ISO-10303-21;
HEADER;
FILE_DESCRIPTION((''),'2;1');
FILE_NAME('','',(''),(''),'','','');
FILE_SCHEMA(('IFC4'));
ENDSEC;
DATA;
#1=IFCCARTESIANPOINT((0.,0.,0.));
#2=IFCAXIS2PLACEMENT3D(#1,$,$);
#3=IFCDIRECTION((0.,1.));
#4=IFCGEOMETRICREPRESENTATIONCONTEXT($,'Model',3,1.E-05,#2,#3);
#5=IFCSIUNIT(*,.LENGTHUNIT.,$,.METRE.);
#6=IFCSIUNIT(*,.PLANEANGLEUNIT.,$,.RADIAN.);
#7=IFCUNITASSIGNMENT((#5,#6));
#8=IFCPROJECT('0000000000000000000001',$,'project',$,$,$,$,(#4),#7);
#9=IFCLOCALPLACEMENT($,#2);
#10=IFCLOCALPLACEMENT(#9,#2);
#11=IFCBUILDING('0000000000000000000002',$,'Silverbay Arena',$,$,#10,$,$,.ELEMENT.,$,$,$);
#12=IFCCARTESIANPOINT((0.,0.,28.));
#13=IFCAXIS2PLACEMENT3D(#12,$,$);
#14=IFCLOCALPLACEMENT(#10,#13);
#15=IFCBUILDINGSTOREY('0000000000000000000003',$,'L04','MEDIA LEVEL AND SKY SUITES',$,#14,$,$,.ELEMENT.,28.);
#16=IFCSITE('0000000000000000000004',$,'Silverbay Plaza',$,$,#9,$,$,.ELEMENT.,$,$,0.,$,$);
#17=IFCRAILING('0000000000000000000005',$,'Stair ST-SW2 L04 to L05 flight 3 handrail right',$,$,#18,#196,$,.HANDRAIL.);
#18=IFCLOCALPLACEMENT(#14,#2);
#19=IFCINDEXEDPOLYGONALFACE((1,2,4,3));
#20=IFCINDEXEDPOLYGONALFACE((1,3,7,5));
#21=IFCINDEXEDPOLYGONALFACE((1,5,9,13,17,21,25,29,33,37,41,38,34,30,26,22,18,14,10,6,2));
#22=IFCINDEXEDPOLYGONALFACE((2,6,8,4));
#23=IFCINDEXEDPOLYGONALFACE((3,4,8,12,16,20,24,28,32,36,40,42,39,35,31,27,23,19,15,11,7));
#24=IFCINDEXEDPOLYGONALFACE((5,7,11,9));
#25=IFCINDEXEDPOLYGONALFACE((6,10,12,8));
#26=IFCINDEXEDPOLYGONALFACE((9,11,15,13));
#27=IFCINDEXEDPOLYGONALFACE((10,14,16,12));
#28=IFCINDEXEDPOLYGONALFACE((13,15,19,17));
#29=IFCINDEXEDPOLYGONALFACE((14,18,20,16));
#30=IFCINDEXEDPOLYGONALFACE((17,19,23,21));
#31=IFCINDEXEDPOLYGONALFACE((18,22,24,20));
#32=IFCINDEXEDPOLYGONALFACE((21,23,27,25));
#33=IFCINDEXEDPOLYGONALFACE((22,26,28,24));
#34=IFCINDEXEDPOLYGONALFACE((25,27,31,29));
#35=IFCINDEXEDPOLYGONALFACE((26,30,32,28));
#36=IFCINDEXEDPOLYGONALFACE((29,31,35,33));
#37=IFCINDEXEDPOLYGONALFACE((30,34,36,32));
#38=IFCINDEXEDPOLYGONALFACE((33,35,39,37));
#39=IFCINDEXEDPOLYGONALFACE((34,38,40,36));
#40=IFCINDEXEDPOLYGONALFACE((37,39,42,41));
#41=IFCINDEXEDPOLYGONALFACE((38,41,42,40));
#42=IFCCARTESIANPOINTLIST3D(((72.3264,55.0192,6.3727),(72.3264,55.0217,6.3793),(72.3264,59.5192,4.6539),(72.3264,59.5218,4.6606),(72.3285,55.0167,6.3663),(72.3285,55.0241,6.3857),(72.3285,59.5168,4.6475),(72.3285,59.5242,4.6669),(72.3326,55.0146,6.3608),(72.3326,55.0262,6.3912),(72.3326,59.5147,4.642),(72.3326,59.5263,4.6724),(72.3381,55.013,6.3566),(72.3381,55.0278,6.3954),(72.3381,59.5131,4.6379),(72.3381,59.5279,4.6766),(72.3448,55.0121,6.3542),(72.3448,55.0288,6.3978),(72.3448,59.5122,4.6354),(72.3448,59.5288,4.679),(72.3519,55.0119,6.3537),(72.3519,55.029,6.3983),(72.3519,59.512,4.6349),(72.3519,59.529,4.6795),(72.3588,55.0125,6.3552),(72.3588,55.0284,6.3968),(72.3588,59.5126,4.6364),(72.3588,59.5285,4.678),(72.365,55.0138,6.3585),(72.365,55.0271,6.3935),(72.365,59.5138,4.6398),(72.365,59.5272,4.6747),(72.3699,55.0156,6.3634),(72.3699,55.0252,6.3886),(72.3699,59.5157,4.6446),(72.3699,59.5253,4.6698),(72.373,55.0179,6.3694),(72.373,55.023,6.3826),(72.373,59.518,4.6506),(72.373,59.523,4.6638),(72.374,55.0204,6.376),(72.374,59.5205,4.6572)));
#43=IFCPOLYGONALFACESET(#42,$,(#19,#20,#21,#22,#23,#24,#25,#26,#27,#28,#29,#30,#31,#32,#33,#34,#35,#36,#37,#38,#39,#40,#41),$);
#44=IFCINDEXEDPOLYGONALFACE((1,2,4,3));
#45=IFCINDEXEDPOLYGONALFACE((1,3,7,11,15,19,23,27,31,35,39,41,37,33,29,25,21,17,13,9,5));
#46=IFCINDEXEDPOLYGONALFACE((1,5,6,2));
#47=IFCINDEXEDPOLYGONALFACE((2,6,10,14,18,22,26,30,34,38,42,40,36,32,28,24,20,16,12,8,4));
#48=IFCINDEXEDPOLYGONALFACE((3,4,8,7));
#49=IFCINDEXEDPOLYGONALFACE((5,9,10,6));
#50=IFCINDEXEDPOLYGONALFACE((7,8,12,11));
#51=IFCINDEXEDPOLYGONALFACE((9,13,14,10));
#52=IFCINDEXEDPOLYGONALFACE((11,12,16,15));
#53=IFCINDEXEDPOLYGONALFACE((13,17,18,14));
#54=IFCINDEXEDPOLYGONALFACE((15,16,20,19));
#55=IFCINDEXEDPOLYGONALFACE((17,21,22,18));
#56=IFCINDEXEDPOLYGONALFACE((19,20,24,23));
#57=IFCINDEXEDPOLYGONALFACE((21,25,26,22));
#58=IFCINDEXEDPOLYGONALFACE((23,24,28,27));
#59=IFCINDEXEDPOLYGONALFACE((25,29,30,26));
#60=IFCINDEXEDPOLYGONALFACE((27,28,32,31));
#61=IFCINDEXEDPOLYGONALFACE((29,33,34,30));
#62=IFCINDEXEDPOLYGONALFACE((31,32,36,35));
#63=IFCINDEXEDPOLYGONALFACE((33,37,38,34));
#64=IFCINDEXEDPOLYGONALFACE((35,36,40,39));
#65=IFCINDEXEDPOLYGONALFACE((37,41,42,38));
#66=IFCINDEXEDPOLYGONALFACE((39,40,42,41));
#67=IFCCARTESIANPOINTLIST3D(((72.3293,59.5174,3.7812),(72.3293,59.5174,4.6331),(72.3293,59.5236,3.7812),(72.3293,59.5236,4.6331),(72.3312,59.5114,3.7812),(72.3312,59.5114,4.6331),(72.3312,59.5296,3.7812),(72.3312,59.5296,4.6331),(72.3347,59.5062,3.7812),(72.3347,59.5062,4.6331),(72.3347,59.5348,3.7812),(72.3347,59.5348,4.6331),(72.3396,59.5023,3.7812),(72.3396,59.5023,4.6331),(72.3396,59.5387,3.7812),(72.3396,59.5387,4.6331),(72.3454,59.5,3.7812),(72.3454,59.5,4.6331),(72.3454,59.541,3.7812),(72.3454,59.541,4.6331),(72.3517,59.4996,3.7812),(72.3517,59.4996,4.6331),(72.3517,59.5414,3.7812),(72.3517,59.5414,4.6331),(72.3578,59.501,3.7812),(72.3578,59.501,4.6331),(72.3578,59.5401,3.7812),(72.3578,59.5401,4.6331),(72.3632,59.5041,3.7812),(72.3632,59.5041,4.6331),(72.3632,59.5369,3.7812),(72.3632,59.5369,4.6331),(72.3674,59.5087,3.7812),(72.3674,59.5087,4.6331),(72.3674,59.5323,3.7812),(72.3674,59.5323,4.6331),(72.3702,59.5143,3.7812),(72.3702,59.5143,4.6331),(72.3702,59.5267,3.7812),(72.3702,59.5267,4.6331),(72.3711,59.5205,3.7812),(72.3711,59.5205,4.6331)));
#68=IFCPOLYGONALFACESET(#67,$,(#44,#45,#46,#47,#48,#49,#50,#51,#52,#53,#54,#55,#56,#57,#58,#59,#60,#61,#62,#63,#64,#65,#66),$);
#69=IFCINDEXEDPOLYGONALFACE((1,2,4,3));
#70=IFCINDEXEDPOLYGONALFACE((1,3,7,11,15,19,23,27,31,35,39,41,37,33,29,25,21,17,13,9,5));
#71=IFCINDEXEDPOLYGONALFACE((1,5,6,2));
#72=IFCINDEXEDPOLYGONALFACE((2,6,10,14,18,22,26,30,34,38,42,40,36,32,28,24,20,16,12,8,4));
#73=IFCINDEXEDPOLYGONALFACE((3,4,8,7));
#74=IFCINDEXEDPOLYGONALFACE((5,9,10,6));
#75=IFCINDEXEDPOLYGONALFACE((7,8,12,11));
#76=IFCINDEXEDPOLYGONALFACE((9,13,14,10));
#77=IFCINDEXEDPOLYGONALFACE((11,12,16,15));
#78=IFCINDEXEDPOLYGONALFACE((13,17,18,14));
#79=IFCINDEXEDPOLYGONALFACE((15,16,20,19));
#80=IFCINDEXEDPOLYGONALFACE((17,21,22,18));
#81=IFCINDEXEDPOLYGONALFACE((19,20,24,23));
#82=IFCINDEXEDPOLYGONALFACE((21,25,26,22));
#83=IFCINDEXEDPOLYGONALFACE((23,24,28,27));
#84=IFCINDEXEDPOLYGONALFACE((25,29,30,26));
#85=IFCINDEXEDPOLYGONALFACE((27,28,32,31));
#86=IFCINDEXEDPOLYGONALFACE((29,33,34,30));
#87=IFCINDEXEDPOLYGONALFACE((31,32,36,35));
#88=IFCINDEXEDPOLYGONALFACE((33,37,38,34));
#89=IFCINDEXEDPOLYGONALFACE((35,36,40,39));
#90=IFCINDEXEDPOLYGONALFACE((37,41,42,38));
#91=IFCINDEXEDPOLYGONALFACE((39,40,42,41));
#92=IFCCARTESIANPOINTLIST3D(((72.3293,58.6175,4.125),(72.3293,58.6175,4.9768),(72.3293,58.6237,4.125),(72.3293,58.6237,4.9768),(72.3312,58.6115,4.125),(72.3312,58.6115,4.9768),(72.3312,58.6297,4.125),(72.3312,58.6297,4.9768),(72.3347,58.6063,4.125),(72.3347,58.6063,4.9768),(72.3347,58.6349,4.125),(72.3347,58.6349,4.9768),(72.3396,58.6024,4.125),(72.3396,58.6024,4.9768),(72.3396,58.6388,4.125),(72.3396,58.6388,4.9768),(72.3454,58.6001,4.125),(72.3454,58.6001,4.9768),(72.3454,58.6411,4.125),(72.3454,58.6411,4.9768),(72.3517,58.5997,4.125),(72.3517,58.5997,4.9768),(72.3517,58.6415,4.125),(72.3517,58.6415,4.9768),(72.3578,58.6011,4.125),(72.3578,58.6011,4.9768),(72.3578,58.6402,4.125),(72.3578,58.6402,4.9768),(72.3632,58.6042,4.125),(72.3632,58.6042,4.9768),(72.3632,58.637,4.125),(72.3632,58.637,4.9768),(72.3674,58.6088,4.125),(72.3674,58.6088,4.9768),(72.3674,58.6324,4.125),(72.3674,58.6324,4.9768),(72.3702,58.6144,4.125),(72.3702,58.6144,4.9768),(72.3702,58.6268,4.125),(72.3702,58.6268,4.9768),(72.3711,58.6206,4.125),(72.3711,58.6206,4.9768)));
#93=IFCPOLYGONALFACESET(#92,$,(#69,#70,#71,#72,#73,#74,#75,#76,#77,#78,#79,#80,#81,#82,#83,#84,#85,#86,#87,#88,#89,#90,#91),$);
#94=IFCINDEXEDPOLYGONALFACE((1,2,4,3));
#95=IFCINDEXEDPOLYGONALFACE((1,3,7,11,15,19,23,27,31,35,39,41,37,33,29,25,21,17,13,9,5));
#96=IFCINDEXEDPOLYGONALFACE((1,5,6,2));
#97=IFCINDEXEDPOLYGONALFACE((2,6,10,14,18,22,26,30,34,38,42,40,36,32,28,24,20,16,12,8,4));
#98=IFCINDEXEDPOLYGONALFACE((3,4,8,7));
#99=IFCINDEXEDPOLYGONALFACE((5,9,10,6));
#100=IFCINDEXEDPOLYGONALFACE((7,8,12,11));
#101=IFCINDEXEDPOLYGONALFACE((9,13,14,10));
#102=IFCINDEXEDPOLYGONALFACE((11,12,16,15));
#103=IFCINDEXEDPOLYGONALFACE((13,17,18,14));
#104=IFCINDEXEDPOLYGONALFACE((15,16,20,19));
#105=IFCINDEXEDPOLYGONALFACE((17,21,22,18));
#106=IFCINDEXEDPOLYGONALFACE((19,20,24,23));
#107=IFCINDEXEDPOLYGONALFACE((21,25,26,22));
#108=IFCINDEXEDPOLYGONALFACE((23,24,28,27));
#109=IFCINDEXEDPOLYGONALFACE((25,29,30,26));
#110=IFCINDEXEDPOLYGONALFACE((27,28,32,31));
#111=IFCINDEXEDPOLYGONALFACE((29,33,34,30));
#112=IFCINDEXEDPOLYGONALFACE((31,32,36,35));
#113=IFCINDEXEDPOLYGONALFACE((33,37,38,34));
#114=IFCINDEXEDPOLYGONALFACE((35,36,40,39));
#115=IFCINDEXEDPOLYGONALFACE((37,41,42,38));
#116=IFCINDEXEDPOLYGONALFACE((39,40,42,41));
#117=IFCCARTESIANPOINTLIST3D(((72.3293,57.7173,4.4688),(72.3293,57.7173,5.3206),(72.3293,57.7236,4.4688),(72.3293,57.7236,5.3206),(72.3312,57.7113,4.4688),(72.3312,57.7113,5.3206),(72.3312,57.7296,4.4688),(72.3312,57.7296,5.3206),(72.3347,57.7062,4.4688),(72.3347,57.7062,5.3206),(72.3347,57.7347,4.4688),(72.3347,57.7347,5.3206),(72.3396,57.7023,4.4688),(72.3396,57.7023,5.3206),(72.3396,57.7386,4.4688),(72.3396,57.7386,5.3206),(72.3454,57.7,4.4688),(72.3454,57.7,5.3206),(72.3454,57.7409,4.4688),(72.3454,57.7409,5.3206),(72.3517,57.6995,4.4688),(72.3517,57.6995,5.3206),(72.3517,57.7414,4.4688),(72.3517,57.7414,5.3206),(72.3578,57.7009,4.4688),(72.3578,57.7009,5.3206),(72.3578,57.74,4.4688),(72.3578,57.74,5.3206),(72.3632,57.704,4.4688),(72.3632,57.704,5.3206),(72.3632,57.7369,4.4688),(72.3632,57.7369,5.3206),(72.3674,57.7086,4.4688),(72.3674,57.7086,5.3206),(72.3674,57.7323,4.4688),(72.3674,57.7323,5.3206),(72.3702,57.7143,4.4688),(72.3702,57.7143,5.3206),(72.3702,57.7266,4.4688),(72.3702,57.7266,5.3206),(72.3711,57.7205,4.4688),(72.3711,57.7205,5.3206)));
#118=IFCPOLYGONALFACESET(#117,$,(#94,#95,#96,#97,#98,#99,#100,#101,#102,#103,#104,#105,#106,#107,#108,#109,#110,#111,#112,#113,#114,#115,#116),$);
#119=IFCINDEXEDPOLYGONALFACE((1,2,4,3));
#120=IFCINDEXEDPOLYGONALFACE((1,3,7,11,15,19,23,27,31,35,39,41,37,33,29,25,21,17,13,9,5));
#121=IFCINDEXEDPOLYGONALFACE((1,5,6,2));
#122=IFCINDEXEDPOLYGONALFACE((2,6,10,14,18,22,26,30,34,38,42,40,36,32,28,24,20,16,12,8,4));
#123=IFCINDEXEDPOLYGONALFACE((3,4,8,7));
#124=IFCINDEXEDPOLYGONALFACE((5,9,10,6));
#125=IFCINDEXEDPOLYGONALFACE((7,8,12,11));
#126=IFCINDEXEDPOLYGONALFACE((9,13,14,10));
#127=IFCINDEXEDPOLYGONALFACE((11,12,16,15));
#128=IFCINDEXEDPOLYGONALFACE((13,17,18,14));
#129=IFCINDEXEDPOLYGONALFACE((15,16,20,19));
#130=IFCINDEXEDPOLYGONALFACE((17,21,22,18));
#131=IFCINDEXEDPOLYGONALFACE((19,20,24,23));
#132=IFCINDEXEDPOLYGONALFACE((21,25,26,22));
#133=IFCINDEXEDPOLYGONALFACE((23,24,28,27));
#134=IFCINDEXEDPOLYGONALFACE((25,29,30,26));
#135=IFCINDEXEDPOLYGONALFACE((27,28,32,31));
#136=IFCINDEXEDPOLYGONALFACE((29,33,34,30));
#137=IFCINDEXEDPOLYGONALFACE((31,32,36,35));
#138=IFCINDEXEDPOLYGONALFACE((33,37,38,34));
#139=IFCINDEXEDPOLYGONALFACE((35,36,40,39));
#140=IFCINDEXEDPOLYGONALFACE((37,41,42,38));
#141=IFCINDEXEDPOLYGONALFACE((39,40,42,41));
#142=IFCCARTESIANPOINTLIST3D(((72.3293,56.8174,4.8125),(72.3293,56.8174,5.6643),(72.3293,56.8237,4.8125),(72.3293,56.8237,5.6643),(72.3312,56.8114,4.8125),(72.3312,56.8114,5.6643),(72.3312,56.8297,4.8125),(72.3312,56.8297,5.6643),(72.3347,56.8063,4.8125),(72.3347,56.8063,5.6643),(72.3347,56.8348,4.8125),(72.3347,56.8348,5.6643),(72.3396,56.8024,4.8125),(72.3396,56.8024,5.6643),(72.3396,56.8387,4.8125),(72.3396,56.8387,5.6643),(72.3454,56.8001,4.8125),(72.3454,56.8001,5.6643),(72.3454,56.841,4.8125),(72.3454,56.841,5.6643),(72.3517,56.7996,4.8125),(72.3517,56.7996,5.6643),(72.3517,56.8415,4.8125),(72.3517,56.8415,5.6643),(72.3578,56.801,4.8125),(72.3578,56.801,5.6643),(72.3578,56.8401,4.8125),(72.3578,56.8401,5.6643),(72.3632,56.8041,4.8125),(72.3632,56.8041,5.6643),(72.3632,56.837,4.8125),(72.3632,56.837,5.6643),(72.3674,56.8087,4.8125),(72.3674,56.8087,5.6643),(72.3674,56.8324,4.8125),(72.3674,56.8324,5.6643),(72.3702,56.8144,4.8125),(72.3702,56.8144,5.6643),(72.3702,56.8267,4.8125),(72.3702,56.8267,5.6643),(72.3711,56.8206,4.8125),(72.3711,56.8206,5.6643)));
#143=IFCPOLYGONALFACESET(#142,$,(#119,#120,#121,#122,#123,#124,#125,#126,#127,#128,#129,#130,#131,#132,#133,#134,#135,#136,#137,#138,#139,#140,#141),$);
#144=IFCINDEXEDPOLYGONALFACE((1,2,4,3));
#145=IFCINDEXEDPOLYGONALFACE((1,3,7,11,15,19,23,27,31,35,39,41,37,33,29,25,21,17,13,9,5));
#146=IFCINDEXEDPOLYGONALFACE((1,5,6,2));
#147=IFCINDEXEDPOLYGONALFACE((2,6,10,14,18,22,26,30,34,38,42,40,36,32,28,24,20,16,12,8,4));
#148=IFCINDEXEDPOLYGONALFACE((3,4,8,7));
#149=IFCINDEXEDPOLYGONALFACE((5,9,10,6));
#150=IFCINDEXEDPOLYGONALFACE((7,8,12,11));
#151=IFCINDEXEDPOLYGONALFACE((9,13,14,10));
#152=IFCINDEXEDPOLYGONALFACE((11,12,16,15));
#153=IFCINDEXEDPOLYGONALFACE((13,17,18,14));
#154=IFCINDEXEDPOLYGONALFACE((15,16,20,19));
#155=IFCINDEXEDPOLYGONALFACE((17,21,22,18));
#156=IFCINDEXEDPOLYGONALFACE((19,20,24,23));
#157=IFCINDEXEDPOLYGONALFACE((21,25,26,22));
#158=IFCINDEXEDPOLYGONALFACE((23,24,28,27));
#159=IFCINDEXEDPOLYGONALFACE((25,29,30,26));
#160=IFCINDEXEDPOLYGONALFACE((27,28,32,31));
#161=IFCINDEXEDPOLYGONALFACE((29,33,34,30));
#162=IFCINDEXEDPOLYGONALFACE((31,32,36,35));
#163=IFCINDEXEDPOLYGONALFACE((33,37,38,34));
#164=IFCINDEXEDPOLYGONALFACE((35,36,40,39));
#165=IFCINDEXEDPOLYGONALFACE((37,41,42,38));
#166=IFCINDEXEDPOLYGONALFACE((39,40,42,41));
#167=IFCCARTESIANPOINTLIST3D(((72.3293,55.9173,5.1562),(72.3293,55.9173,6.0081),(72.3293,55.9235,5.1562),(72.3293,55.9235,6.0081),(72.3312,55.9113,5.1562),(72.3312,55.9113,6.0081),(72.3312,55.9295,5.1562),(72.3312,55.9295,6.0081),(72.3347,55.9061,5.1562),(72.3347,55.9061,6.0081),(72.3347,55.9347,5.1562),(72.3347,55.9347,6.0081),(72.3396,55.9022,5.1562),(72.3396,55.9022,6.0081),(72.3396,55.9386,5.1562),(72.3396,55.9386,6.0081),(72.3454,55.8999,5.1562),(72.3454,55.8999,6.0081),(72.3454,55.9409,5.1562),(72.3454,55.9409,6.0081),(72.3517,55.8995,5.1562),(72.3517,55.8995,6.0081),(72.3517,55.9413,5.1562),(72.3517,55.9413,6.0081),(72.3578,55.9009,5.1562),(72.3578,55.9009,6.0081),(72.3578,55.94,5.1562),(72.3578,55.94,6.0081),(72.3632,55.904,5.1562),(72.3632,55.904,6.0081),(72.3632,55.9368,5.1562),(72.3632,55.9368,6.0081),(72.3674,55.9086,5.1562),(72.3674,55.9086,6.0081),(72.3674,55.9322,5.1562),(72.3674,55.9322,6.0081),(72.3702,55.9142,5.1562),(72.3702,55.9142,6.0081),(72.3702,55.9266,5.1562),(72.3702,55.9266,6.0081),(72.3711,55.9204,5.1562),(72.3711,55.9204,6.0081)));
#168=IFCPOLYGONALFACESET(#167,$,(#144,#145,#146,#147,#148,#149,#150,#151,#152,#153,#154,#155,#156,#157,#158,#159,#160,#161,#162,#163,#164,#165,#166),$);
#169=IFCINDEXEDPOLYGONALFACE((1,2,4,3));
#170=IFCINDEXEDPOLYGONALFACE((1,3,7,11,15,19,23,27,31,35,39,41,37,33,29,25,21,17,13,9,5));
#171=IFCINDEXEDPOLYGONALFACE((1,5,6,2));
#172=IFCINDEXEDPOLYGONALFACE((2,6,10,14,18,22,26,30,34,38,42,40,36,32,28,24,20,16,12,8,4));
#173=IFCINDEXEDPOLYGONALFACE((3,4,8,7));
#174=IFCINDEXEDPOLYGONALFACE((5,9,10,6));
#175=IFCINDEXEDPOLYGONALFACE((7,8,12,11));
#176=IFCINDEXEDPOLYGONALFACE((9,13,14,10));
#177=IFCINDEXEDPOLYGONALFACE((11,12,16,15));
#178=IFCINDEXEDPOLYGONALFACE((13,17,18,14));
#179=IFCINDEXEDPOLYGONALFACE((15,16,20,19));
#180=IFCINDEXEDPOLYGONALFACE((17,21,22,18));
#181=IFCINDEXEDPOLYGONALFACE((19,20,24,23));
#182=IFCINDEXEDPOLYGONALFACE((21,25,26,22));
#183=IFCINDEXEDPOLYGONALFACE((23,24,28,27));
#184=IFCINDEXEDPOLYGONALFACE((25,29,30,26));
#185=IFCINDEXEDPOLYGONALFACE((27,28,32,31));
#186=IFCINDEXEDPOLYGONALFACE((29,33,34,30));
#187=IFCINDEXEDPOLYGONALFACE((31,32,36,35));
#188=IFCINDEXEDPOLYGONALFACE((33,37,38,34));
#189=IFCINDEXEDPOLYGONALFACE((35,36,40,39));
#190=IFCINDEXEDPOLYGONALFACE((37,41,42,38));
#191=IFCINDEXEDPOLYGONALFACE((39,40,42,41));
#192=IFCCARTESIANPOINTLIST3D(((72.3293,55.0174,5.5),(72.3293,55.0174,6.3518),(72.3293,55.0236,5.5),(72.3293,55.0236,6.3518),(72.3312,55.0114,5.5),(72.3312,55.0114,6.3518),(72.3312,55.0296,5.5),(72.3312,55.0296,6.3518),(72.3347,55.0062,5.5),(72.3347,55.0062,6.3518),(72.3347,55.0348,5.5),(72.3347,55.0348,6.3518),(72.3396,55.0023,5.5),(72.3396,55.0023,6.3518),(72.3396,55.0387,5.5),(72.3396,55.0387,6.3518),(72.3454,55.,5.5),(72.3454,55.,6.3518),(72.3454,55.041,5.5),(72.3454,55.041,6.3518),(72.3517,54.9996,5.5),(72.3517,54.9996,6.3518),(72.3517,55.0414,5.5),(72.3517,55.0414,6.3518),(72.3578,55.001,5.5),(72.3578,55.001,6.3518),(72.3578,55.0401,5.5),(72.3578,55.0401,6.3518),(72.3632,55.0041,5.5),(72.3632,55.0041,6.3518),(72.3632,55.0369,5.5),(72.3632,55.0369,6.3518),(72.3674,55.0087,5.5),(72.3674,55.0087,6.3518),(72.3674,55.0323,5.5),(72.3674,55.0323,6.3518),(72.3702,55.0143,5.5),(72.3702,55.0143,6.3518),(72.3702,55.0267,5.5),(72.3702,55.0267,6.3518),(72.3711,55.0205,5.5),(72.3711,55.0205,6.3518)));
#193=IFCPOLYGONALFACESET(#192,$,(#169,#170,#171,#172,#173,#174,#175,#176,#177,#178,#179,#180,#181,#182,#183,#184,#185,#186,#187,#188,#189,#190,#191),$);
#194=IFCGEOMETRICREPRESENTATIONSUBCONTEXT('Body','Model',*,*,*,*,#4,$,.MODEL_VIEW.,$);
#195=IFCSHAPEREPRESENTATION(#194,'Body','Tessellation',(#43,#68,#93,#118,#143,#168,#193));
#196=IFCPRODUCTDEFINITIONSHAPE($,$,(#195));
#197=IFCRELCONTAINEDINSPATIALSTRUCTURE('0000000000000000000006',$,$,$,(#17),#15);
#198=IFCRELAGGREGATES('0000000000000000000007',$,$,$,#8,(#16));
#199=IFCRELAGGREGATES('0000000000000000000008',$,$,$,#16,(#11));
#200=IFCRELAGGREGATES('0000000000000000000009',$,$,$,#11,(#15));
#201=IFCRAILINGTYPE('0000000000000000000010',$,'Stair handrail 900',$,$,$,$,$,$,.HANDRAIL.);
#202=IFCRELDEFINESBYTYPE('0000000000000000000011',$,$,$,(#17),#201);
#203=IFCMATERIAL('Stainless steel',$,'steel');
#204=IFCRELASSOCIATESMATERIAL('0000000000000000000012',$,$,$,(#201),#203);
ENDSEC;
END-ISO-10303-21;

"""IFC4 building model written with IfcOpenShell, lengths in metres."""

from ifc_helpers import new_model, si_unit, direction, frame, origin, origin_2d, place, context, subcontext, project, spatial, circle, extrude, material, type_object, element, save


model = new_model("IFC4")

# Units and contexts
model_context = context("Model", 3, precision=1e-05, world=origin(), true_north=direction((0.0, 1.0)))
body_context = subcontext(model_context, "Body", "Model", "MODEL_VIEW")
ifc_project = project(units=[si_unit("LENGTHUNIT", "METRE"), si_unit("PLANEANGLEUNIT", "RADIAN")], contexts=[model_context])

# Site, building, storey
site_placement = place(None, origin())
site = spatial("IfcSite", under=ifc_project, at=site_placement, Name="Silverbay Plaza", CompositionType="ELEMENT", RefElevation=0.0)
building_placement = place(site_placement, origin())
building = spatial("IfcBuilding", under=site, at=building_placement, Name="Silverbay Arena", CompositionType="ELEMENT")
storey_placement = place(building_placement, frame((0.0, 0.0, 28.0)))
storey = spatial("IfcBuildingStorey", under=building, at=storey_placement, Name="L04", Description="MEDIA LEVEL AND SKY SUITES", CompositionType="ELEMENT", Elevation=28.0)

# Railing
ifc_material_1 = material(Name="Stainless steel", Category="steel")
railing_type_1 = type_object("IfcRailingType", Name="Stair handrail 900", PredefinedType="HANDRAIL", material=ifc_material_1)
for number, where, name in (
    (1, (72.3501, 59.5205, 3.7812), "Stair ST-SW2 L04 to L05 flight 3 handrail right"),
):
    element("IfcRailing", number, at=place(storey_placement, frame(where)), inside=storey, type_object=railing_type_1, Name=name, PredefinedType="HANDRAIL", context=body_context, shape_type="SweptSolid", body=[
        extrude(circle(Radius=0.0239, at=origin_2d()), frame((0.0, 0.0, 0.876), z_axis=(0.0, -0.934179, 0.356805), x_axis=(1.0, 0.0, 0.0)), (0.0, 0.0, 1.0), 4.8171),
        extrude(circle(Radius=0.021, at=origin_2d()), origin(), (0.0, 0.0, 1.0), 0.8518),
        extrude(circle(Radius=0.021, at=origin_2d()), frame((0.0, -0.8999, 0.3438)), (0.0, 0.0, 1.0), 0.8518),
        extrude(circle(Radius=0.021, at=origin_2d()), frame((0.0, -1.8, 0.6875)), (0.0, 0.0, 1.0), 0.8518),
        extrude(circle(Radius=0.021, at=origin_2d()), frame((0.0, -2.7, 1.0312)), (0.0, 0.0, 1.0), 0.8518),
        extrude(circle(Radius=0.021, at=origin_2d()), frame((0.0, -3.6001, 1.375)), (0.0, 0.0, 1.0), 0.8518),
        extrude(circle(Radius=0.021, at=origin_2d()), frame((0.0, -4.5, 1.7188)), (0.0, 0.0, 1.0), 0.8518),
    ])

save(model, "model.ifc")
